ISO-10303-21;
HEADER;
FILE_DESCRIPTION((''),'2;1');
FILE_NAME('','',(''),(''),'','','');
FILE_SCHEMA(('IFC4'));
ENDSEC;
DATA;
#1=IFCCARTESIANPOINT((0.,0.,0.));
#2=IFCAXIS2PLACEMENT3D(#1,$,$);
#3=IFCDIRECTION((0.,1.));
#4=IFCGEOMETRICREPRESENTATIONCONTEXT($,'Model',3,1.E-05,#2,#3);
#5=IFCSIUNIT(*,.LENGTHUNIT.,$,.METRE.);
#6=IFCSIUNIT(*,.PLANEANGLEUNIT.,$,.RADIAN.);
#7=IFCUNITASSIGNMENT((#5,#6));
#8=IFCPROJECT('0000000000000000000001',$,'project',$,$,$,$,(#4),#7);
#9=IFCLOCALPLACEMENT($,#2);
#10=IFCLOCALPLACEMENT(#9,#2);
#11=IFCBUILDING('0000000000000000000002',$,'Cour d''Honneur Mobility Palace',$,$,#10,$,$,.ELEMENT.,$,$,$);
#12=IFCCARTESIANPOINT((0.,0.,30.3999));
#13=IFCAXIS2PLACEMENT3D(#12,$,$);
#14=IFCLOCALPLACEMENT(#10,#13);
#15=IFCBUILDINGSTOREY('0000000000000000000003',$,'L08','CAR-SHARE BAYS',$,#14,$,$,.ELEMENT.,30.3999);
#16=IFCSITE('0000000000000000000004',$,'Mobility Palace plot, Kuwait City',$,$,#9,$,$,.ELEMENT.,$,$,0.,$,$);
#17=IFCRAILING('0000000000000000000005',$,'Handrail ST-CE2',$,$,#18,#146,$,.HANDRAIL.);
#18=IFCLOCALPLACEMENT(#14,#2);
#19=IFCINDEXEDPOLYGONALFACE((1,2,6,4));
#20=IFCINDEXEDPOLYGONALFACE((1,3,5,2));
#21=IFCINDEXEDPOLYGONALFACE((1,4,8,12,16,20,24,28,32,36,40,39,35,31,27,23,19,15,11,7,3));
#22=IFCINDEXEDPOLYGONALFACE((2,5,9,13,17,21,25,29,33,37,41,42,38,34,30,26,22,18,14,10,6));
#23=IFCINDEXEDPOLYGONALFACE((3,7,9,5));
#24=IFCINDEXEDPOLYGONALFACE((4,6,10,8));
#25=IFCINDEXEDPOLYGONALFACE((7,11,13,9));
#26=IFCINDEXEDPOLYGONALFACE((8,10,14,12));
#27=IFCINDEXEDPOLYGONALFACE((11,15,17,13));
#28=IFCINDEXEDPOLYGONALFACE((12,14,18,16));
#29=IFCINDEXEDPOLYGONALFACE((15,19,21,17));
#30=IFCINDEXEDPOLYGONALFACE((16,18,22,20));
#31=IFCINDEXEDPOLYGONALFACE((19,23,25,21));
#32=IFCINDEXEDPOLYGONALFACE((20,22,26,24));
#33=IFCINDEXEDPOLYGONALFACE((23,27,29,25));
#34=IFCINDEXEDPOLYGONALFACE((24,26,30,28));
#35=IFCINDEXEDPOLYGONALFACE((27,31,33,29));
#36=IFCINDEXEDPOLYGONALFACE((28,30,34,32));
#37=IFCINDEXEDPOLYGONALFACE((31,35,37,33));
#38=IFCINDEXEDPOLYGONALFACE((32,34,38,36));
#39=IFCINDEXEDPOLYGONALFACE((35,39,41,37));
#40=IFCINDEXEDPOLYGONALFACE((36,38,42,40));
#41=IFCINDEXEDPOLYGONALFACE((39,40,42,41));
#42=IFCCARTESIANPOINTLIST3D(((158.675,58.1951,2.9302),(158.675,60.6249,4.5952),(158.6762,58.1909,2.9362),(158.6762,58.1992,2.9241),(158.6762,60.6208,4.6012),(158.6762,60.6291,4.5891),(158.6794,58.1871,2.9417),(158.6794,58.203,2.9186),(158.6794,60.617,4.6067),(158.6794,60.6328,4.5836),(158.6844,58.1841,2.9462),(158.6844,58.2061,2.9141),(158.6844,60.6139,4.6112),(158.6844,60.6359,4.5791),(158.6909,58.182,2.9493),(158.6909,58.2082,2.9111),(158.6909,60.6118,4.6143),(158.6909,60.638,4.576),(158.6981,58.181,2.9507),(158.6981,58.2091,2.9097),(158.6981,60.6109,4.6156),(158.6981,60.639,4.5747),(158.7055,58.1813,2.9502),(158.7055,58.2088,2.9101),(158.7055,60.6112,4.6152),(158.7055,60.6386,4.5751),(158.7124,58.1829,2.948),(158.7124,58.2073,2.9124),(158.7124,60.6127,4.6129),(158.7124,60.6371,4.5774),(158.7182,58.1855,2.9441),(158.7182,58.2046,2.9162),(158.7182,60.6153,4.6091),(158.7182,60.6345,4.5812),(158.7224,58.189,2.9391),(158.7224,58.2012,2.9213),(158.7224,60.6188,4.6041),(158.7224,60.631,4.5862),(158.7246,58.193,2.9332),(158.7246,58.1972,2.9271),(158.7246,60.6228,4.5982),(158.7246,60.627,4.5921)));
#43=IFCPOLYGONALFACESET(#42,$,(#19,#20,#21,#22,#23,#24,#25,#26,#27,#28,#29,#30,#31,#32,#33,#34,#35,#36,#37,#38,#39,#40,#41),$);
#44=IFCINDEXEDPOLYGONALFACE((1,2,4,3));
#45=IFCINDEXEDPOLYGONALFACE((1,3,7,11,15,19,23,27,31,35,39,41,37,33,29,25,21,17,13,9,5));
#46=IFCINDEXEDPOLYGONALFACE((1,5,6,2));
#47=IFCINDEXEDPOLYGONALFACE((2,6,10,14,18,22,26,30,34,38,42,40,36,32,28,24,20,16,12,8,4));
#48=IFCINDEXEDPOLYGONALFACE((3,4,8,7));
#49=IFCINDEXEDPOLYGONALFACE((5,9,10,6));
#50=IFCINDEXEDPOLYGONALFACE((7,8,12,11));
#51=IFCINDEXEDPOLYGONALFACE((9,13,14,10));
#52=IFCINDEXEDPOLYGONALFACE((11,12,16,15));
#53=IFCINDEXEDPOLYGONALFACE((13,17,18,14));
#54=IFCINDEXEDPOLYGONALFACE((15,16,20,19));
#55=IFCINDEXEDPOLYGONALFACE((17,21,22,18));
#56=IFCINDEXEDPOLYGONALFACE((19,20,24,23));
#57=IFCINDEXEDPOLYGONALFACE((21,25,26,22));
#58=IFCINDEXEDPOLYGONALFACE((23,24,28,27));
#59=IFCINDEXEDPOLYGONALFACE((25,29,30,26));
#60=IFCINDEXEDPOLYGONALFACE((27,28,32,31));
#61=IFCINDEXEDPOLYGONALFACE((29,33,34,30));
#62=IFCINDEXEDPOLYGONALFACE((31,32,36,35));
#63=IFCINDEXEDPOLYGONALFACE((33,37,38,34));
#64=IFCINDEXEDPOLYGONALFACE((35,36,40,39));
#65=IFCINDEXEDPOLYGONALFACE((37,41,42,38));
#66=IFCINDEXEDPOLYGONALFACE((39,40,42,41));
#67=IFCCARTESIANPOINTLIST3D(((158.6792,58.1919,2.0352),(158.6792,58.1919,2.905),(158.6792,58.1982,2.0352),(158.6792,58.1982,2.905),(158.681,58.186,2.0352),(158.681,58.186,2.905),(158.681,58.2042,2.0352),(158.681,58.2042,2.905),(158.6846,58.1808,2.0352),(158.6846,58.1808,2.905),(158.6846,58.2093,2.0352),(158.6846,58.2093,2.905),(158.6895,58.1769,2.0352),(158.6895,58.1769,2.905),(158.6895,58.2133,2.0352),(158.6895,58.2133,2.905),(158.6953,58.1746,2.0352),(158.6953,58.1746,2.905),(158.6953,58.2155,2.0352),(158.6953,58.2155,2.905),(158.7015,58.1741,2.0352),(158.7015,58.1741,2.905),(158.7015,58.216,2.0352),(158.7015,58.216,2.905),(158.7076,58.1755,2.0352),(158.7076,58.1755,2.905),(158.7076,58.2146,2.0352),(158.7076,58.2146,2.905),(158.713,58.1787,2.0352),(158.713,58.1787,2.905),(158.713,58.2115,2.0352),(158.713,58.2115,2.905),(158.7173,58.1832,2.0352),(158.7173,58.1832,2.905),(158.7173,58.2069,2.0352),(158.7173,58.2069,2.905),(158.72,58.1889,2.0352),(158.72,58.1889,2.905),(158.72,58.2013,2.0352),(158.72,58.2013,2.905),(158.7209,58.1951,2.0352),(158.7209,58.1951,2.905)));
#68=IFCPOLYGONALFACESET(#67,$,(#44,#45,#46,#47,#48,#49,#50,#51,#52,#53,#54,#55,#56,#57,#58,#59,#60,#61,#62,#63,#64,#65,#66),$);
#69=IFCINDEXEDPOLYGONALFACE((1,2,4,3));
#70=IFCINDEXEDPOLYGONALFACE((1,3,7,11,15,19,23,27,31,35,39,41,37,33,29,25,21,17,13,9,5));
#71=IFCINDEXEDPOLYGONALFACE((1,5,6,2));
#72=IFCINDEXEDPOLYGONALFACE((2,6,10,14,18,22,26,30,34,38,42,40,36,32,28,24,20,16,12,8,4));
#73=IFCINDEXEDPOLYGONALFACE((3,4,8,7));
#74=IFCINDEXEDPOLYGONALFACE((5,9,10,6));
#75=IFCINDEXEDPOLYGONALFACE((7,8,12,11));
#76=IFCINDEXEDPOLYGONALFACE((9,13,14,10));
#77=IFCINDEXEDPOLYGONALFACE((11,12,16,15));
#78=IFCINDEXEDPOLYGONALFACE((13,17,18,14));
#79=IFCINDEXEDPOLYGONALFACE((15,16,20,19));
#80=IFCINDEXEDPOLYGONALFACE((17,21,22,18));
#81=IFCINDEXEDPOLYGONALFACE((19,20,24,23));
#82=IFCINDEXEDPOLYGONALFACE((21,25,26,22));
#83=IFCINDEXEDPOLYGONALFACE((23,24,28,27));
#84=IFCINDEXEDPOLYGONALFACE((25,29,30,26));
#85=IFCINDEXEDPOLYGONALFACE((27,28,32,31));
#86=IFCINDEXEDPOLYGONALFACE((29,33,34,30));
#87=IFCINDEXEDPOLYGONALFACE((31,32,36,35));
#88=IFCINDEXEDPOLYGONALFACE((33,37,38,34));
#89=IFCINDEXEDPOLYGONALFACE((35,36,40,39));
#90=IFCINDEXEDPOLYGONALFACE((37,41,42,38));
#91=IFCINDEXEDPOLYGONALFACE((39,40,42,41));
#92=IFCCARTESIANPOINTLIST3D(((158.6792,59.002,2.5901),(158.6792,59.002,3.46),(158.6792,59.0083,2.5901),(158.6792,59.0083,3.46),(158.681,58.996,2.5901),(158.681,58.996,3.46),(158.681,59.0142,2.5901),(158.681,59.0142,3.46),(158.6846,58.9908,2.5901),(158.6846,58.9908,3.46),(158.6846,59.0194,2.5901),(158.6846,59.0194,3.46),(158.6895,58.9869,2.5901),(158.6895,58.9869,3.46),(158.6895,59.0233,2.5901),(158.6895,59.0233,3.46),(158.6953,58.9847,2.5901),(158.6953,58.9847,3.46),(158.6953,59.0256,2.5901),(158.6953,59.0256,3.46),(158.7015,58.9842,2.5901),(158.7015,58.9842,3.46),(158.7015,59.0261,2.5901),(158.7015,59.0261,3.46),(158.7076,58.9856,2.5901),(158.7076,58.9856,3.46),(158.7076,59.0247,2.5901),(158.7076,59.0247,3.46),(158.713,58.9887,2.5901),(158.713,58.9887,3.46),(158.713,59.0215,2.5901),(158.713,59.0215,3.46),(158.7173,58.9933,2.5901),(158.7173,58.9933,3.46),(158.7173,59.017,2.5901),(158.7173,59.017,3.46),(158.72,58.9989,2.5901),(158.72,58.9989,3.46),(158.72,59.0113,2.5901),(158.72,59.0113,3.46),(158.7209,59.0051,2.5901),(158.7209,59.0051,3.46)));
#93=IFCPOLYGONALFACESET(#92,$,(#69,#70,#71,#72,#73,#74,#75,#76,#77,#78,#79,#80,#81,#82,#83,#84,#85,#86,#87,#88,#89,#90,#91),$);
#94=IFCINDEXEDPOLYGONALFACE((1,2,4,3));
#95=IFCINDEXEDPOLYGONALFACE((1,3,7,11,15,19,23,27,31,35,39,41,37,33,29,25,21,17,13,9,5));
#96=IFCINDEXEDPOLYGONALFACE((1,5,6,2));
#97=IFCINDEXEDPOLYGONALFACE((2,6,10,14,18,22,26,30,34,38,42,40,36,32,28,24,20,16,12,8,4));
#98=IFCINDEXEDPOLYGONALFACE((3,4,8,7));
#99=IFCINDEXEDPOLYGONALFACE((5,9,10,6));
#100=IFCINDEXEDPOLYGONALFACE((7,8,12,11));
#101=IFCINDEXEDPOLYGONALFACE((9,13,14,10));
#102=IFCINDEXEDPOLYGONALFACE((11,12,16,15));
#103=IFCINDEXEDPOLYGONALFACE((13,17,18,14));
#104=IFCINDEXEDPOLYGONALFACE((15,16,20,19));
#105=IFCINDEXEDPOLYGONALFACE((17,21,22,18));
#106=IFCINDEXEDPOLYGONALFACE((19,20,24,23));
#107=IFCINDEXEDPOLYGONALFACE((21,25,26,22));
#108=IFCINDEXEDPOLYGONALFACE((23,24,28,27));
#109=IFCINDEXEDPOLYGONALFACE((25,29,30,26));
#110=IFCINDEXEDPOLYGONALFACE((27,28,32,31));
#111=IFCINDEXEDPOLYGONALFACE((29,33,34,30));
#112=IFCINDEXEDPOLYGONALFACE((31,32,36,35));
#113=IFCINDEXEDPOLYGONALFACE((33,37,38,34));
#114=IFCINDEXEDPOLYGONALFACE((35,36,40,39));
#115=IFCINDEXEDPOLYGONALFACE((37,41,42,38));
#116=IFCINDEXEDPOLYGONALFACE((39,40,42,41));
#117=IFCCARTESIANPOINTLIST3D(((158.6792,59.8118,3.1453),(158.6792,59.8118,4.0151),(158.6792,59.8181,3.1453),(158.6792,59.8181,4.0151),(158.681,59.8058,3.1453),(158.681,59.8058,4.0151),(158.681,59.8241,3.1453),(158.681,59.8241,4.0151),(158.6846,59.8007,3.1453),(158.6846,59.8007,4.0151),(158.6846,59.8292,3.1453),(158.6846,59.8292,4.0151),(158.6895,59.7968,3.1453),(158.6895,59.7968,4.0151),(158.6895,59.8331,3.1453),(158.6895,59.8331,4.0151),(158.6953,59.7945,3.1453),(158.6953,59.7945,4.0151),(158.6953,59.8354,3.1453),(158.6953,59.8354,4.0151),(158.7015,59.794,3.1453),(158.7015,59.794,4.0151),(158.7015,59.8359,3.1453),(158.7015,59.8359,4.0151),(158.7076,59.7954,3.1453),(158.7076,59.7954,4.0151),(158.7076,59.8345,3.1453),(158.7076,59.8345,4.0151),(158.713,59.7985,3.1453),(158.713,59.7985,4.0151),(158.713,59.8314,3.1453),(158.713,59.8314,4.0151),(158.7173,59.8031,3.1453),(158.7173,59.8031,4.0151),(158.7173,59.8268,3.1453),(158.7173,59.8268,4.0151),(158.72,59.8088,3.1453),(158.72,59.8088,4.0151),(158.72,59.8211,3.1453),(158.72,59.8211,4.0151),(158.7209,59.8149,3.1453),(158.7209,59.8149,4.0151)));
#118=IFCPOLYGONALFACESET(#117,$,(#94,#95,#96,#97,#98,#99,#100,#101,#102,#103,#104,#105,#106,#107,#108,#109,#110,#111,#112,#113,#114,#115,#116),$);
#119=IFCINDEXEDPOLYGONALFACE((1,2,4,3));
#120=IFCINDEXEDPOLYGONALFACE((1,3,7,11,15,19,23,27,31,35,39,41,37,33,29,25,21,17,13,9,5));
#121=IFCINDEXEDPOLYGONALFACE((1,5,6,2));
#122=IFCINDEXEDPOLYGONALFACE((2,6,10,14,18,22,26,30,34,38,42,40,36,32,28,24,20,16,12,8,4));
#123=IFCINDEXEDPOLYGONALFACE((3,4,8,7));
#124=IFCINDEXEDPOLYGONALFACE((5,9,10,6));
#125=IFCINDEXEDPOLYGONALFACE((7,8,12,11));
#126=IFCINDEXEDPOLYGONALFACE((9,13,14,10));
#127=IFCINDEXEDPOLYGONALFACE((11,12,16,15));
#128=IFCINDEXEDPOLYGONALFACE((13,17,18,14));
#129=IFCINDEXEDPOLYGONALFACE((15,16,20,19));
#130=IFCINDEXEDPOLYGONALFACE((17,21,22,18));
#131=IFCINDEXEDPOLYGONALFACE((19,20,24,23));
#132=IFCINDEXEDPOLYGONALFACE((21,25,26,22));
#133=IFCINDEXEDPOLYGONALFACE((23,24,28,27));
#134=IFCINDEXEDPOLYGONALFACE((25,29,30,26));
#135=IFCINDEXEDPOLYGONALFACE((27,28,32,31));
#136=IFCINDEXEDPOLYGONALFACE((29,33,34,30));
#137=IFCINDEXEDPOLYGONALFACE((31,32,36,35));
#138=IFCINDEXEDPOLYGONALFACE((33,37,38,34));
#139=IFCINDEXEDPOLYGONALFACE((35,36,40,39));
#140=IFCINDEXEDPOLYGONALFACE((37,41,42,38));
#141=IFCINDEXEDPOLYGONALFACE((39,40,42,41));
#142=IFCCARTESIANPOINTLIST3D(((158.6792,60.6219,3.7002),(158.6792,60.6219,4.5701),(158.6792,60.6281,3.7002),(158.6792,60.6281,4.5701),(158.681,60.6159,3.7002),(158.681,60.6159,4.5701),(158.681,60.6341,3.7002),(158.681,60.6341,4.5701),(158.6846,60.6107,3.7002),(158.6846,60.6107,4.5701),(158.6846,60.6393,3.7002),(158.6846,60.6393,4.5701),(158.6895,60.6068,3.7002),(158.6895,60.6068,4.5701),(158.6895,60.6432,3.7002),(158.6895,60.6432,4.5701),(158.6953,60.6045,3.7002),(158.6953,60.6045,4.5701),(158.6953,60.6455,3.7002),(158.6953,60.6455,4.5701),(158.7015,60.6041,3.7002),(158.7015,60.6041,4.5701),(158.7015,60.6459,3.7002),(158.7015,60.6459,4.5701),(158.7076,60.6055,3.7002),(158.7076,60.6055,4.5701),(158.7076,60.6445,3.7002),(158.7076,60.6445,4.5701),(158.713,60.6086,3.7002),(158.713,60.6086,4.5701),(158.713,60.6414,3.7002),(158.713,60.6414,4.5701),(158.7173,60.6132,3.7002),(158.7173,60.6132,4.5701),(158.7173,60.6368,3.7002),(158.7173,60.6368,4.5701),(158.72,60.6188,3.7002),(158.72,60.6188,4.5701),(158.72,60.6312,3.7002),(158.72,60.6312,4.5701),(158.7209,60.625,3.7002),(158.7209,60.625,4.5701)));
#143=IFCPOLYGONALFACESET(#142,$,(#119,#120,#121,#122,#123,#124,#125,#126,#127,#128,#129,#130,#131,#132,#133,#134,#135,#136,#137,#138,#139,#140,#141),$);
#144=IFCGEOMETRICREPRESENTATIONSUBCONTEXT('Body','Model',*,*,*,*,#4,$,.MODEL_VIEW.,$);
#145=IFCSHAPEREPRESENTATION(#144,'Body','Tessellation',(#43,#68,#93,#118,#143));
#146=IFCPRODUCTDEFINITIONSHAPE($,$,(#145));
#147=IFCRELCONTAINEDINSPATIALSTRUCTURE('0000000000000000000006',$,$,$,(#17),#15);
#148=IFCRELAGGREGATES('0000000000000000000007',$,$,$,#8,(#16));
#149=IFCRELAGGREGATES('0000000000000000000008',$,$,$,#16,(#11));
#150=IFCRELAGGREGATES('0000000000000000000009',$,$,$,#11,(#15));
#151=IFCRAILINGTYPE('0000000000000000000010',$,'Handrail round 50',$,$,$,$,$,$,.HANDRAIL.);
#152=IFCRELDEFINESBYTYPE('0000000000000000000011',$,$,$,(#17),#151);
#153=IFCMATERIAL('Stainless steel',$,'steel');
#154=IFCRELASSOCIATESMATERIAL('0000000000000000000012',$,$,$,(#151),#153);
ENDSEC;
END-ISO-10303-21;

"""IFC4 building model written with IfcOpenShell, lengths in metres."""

from ifc_helpers import new_model, si_unit, direction, frame, origin, origin_2d, place, context, subcontext, project, spatial, circle, extrude, material, type_object, element, save


model = new_model("IFC4")

# Units and contexts
model_context = context("Model", 3, precision=1e-05, world=origin(), true_north=direction((0.0, 1.0)))
body_context = subcontext(model_context, "Body", "Model", "MODEL_VIEW")
ifc_project = project(units=[si_unit("LENGTHUNIT", "METRE"), si_unit("PLANEANGLEUNIT", "RADIAN")], contexts=[model_context])

# Site, building, storey
site_placement = place(None, origin())
site = spatial("IfcSite", under=ifc_project, at=site_placement, Name="Mobility Palace plot, Kuwait City", CompositionType="ELEMENT", RefElevation=0.0)
building_placement = place(site_placement, origin())
building = spatial("IfcBuilding", under=site, at=building_placement, Name="Cour d'Honneur Mobility Palace", CompositionType="ELEMENT")
storey_placement = place(building_placement, frame((0.0, 0.0, 30.3999)))
storey = spatial("IfcBuildingStorey", under=building, at=storey_placement, Name="L08", Description="CAR-SHARE BAYS", CompositionType="ELEMENT", Elevation=30.3999)

# Railing
ifc_material_1 = material(Name="Stainless steel", Category="steel")
railing_type_1 = type_object("IfcRailingType", Name="Handrail round 50", PredefinedType="HANDRAIL", material=ifc_material_1)
railing_1_placement = place(storey_placement, frame((158.7, 58.1951, 2.0352)))
element("IfcRailing", 1, at=railing_1_placement, inside=storey, type_object=railing_type_1, Name="Handrail ST-CE2", PredefinedType="HANDRAIL", context=body_context, shape_type="SweptSolid", body=[
    extrude(circle(Radius=0.0249, at=origin_2d()), frame((0.0, 0.0, 0.895), z_axis=(0.0, 0.824919, 0.565251), x_axis=(-1.0, 0.0, 0.0)), (0.0, 0.0, 1.0), 2.9456),
    extrude(circle(Radius=0.021, at=origin_2d()), origin(), (0.0, 0.0, 1.0), 0.8699),
    extrude(circle(Radius=0.021, at=origin_2d()), frame((0.0, 0.8101, 0.5549)), (0.0, 0.0, 1.0), 0.8699),
    extrude(circle(Radius=0.021, at=origin_2d()), frame((0.0, 1.6199, 1.1101)), (0.0, 0.0, 1.0), 0.8699),
    extrude(circle(Radius=0.021, at=origin_2d()), frame((0.0, 2.4299, 1.665)), (0.0, 0.0, 1.0), 0.8699),
])

save(model, "model.ifc")
